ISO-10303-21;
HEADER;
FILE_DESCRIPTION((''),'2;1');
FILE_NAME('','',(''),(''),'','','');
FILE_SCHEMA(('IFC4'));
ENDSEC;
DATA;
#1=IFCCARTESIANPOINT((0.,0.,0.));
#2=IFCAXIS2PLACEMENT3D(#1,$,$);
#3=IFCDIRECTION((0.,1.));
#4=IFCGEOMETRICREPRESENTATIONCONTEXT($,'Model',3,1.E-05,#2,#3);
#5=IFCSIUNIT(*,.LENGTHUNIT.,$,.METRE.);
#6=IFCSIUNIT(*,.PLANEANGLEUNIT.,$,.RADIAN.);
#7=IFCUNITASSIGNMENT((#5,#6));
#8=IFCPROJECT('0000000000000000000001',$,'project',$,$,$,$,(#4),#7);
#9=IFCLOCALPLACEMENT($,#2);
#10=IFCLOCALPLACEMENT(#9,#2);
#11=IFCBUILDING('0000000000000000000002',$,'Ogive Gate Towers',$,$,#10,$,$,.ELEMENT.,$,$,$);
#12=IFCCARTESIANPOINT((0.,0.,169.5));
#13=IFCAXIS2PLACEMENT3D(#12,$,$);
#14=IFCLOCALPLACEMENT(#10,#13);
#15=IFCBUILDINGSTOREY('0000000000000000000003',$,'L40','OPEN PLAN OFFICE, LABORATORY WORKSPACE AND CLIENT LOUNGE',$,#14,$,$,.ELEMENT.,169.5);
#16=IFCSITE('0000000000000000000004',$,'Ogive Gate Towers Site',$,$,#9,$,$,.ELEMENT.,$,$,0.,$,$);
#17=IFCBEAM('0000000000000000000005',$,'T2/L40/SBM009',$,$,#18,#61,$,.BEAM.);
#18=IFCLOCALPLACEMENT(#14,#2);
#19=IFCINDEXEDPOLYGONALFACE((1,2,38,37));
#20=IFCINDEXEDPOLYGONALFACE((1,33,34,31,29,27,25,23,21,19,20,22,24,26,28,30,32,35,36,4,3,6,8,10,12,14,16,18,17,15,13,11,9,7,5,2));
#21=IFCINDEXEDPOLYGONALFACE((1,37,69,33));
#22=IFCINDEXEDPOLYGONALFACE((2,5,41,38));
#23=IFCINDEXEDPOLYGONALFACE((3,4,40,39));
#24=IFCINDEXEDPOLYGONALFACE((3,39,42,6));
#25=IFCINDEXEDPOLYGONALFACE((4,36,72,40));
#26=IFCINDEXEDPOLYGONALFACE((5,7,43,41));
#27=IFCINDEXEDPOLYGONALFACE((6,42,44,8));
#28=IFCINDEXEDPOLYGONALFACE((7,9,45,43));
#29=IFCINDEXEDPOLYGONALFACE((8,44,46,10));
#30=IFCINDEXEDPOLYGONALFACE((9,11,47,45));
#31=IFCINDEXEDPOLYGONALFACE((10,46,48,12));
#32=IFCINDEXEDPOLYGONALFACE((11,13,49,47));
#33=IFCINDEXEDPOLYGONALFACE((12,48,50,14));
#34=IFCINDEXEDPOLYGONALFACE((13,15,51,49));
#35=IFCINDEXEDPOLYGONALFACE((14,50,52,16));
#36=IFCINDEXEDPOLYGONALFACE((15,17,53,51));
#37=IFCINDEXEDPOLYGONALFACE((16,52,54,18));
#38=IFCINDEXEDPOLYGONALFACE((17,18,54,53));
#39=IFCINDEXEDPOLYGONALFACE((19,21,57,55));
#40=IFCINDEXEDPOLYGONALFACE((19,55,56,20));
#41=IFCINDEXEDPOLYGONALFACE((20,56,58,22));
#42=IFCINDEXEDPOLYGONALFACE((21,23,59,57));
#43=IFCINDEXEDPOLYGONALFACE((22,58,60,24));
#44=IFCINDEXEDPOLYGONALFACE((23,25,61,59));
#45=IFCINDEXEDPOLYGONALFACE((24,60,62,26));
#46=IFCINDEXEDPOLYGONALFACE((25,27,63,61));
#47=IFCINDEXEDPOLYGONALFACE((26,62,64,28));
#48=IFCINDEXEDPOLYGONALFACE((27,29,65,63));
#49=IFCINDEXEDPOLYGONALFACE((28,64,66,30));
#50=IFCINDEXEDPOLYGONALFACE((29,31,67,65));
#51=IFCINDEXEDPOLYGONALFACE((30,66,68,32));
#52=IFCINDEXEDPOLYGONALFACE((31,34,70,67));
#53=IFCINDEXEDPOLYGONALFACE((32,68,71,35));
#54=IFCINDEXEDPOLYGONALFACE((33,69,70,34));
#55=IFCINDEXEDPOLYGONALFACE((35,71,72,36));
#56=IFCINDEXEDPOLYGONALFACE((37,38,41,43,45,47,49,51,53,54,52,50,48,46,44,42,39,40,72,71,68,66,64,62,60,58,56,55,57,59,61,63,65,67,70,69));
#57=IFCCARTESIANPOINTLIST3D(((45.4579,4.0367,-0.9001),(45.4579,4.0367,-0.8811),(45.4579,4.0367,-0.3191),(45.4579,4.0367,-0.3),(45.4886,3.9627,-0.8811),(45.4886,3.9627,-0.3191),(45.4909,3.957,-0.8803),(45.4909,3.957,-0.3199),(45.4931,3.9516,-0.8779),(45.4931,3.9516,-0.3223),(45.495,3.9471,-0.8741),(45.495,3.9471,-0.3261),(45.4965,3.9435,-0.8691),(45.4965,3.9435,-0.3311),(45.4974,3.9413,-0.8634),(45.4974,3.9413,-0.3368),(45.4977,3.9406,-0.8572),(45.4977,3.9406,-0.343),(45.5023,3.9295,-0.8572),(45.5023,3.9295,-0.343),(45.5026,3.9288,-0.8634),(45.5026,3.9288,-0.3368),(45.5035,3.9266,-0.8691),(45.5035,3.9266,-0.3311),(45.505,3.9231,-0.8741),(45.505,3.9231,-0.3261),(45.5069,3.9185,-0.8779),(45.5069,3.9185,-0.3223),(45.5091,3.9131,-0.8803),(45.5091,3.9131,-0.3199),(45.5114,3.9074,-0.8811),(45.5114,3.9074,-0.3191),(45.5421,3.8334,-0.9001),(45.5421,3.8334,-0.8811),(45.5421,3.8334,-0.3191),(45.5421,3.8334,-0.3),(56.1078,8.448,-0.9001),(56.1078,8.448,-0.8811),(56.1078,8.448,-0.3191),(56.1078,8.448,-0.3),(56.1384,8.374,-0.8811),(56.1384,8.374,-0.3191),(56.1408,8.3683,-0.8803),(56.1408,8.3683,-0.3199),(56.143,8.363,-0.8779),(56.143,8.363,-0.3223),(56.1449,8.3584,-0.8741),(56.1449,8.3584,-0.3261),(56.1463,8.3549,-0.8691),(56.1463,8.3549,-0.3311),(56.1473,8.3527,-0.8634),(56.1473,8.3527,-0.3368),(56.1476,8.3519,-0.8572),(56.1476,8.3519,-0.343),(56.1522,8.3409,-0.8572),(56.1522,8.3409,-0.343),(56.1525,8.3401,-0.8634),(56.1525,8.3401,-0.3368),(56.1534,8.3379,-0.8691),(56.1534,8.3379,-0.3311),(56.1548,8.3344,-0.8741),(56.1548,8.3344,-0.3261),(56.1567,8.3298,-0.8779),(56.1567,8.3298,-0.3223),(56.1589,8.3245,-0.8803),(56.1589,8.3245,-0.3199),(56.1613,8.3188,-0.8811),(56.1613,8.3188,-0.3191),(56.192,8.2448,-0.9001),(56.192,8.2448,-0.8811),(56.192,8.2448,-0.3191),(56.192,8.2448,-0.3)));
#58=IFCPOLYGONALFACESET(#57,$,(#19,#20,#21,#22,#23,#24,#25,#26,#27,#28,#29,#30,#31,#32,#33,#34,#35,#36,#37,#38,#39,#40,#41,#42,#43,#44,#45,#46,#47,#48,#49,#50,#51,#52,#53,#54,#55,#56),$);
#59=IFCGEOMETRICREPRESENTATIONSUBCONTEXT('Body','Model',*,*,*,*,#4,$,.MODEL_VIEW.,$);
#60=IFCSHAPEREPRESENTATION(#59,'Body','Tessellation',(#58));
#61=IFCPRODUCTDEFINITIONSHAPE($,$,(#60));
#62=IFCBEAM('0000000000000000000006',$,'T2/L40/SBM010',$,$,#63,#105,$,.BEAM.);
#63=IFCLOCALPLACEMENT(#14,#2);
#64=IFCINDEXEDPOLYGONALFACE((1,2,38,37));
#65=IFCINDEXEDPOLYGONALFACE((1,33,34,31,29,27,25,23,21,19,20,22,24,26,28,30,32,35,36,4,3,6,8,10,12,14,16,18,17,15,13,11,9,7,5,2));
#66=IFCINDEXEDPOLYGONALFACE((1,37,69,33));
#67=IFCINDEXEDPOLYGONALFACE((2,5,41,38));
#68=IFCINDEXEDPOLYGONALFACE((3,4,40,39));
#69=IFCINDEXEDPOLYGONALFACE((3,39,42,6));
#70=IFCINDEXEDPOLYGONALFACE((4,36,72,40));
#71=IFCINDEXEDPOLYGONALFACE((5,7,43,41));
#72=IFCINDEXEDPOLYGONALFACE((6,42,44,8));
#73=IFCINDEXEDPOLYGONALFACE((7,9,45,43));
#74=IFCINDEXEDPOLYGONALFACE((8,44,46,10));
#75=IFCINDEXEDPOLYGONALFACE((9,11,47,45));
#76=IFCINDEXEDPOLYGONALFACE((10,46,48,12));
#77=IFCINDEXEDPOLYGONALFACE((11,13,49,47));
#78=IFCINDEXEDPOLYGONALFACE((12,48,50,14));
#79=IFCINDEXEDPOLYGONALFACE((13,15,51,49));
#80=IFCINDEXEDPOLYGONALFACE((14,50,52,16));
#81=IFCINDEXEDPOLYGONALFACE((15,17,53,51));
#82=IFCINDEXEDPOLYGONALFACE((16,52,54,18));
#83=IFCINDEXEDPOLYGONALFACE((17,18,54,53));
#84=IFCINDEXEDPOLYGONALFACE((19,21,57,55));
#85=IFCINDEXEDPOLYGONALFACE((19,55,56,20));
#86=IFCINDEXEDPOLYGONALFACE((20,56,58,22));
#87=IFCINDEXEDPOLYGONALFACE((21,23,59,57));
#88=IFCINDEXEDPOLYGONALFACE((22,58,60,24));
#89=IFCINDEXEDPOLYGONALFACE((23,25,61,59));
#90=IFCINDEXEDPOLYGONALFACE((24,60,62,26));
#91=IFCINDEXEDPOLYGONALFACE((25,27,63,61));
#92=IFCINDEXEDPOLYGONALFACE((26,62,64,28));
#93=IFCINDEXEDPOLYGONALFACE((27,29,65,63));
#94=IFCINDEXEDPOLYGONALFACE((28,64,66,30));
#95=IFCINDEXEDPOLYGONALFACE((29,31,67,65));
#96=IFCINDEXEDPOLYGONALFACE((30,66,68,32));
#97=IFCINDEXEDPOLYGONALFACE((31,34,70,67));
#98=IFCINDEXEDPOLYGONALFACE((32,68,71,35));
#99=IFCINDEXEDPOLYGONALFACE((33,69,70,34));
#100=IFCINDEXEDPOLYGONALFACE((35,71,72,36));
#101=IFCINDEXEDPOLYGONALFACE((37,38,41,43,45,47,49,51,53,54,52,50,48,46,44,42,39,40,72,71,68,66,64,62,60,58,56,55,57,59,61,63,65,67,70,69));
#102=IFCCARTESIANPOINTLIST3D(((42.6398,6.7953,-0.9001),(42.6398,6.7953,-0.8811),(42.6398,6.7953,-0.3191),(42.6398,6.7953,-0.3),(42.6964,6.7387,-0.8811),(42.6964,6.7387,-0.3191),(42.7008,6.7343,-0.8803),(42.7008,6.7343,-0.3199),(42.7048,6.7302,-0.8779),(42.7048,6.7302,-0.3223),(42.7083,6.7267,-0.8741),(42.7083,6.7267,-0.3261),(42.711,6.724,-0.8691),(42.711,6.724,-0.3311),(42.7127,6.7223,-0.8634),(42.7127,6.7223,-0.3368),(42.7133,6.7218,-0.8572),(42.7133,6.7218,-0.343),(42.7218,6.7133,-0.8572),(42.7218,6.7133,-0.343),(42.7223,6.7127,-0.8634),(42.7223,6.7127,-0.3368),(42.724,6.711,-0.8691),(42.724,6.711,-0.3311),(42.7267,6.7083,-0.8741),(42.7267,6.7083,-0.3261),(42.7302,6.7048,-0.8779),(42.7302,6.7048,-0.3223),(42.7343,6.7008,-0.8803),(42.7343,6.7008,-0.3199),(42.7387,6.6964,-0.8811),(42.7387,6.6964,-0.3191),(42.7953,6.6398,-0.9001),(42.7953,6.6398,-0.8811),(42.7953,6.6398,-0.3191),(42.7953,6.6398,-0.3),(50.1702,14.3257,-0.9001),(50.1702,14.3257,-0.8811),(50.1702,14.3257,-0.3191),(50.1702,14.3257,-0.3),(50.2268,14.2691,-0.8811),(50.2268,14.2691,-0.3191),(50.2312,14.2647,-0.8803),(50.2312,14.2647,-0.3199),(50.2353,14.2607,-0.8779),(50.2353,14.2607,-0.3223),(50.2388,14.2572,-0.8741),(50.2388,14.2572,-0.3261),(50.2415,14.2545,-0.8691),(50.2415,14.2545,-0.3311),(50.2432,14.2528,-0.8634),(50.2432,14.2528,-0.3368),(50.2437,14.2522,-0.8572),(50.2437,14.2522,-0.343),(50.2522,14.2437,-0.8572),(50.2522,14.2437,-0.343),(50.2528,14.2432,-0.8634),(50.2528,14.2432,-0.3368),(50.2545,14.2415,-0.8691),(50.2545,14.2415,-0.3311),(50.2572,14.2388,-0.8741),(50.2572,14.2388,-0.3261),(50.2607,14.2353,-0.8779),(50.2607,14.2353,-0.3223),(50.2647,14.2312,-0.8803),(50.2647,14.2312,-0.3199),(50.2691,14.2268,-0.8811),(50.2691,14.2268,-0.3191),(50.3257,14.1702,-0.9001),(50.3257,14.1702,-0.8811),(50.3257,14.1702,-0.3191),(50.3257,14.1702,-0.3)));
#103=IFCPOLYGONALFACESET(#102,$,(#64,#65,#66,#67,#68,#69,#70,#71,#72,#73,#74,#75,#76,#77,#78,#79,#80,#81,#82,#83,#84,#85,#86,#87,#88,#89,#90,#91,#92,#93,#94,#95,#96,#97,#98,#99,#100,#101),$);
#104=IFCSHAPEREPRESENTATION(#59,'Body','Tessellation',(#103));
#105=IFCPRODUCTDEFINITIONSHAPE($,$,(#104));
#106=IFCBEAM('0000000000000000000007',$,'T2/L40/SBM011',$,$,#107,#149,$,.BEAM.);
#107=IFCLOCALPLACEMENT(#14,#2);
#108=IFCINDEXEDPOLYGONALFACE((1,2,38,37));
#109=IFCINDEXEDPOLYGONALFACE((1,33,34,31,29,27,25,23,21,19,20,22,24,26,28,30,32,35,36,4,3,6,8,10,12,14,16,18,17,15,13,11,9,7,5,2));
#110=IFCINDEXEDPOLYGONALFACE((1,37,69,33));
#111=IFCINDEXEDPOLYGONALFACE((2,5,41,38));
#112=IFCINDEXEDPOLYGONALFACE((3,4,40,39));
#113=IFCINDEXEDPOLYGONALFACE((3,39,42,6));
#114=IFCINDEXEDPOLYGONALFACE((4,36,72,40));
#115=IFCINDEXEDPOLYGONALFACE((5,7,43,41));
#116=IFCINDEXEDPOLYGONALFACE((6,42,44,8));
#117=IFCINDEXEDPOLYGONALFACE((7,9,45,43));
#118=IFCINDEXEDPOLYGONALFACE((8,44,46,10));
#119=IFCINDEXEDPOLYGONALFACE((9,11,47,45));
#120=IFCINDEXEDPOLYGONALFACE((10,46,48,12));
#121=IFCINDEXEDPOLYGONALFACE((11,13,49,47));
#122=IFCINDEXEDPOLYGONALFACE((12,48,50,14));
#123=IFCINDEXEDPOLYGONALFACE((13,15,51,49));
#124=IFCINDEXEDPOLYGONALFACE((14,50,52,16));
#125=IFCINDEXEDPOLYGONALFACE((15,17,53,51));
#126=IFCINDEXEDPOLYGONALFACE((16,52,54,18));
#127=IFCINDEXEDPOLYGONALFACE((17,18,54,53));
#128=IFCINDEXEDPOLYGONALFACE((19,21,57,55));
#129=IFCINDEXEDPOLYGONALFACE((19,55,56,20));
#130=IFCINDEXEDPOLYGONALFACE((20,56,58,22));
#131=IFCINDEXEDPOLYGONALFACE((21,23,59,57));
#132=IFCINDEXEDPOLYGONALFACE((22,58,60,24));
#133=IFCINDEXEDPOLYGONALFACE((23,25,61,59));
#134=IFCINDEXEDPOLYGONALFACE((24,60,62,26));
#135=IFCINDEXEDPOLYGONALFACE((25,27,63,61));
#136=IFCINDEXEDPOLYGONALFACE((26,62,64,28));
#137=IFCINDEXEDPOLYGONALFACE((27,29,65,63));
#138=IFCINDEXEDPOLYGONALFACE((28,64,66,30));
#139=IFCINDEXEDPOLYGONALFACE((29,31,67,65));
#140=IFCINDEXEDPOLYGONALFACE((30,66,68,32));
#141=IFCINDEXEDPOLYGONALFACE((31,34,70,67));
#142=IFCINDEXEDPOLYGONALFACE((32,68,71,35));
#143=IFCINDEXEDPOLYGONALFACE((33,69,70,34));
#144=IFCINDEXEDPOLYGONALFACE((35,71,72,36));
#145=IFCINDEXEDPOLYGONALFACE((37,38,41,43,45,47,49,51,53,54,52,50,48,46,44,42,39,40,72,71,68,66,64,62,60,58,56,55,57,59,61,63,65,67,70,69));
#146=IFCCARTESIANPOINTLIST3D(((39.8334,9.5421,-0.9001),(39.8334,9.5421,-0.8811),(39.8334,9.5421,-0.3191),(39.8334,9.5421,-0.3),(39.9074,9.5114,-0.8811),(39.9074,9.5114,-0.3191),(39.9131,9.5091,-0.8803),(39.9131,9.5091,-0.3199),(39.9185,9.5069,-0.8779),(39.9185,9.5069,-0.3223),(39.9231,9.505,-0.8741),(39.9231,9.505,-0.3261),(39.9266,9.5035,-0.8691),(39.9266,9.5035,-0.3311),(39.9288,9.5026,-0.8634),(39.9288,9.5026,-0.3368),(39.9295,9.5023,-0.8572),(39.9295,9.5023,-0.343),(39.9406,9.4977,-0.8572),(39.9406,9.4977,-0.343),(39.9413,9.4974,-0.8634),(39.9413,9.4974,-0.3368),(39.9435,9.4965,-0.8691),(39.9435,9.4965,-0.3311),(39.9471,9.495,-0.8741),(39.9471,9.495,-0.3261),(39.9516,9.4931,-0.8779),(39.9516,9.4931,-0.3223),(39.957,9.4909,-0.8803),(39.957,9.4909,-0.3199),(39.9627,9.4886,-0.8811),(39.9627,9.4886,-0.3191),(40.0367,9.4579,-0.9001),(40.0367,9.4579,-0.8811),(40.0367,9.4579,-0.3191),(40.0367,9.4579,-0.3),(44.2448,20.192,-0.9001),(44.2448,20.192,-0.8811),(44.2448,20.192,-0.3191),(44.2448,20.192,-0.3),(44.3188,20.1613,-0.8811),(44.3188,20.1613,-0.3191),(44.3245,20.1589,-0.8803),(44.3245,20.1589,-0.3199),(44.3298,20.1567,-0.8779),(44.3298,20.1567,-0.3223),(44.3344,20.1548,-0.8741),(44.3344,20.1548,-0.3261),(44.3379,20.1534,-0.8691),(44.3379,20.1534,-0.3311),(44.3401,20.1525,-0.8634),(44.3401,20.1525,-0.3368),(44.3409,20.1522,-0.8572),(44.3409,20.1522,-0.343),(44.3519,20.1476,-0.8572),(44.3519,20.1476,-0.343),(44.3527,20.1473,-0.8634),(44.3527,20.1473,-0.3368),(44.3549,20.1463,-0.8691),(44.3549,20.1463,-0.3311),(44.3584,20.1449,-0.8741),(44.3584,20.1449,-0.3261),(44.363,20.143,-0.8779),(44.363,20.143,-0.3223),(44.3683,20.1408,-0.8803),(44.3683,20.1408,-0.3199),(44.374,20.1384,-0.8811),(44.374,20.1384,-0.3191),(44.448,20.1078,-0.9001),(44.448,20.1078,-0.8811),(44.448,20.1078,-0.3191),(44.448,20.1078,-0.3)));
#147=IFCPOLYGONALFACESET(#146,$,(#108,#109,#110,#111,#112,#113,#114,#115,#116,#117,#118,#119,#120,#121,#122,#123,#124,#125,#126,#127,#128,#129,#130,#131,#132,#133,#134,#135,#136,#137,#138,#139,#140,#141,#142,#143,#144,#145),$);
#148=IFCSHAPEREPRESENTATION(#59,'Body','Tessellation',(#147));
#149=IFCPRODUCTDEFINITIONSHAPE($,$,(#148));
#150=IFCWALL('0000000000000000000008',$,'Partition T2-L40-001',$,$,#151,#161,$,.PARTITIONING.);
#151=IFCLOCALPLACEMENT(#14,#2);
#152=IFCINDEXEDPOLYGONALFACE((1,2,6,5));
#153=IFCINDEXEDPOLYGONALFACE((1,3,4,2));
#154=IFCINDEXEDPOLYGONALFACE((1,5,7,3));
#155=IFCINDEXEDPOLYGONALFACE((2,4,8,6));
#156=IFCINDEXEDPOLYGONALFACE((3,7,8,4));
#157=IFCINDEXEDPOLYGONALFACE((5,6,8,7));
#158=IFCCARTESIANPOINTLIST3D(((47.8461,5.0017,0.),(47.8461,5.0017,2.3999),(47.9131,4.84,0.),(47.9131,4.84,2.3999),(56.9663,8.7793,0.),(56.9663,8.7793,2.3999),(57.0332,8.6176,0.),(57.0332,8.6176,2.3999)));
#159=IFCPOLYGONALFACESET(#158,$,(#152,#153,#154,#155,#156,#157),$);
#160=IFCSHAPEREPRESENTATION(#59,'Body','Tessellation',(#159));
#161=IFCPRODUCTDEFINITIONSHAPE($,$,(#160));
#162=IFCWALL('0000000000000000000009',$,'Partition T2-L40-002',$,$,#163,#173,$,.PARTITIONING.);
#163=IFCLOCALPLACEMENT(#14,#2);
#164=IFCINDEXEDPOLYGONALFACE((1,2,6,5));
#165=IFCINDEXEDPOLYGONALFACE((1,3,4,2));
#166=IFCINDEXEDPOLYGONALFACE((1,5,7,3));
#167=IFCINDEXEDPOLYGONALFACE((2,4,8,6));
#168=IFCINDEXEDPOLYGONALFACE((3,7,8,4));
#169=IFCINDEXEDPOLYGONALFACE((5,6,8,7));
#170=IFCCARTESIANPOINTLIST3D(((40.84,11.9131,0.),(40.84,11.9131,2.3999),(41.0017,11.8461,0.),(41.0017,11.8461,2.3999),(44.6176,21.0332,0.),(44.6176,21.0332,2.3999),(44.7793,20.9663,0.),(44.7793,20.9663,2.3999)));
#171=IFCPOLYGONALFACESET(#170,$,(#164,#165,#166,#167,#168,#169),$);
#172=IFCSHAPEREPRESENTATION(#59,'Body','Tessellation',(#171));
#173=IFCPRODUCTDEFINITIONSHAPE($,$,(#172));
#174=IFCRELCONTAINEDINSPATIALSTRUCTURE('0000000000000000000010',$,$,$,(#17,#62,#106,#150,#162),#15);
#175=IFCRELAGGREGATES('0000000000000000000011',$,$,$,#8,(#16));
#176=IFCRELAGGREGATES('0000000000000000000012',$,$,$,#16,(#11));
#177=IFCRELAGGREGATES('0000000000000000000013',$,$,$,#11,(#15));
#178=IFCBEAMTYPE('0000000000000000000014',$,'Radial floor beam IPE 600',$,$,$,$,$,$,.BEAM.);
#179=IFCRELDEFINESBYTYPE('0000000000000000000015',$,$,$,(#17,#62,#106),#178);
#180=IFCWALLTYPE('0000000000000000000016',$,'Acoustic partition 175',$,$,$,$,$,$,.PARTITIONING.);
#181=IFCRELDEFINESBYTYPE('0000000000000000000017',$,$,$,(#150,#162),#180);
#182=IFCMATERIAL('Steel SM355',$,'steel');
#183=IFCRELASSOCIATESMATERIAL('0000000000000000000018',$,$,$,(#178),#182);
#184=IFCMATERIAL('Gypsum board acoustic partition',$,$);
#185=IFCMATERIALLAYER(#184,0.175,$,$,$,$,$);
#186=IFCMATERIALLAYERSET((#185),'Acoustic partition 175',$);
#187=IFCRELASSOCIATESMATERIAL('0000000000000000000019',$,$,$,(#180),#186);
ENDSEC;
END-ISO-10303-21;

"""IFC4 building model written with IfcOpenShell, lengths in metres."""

from ifc_helpers import new_model, si_unit, direction, frame, frame_2d, origin, origin_2d, place, context, subcontext, project, spatial, rectangle, i_section, extrude, material, layer, layer_set, material_profile, profile_set, type_object, element, save


model = new_model("IFC4")

# Units and contexts
model_context = context("Model", 3, precision=1e-05, world=origin(), true_north=direction((0.0, 1.0)))
body_context = subcontext(model_context, "Body", "Model", "MODEL_VIEW")
ifc_project = project(units=[si_unit("LENGTHUNIT", "METRE"), si_unit("PLANEANGLEUNIT", "RADIAN")], contexts=[model_context])

# Site, building, storey
site_placement = place(None, origin())
site = spatial("IfcSite", under=ifc_project, at=site_placement, Name="Ogive Gate Towers Site", CompositionType="ELEMENT", RefElevation=0.0)
building_placement = place(site_placement, origin())
building = spatial("IfcBuilding", under=site, at=building_placement, Name="Ogive Gate Towers", CompositionType="ELEMENT")
storey_placement = place(building_placement, frame((0.0, 0.0, 169.5)))
storey = spatial("IfcBuildingStorey", under=building, at=storey_placement, Name="L40", Description="OPEN PLAN OFFICE, LABORATORY WORKSPACE AND CLIENT LOUNGE", CompositionType="ELEMENT", Elevation=169.5)

# Beams
ifc_material_1 = material(Name="Steel SM355", Category="steel")
ifc_material_profile_1 = material_profile(ifc_material_1, i_section(OverallWidth=0.22, OverallDepth=0.6001, WebThickness=0.012, FlangeThickness=0.019, FilletRadius=0.0239, at=origin_2d()), Name="IPE 600")
ifc_profile_set_1 = profile_set([ifc_material_profile_1], Name="Steel SM355")
beam_type_1 = type_object("IfcBeamType", Name="Radial floor beam IPE 600", PredefinedType="BEAM", material=ifc_profile_set_1)
beam_1_placement = place(storey_placement, frame((45.5, 3.9351, -0.6001), z_axis=(0.923878, 0.382687, 0.0), x_axis=(-0.382687, 0.923878, 0.0)))
element("IfcBeam", 1, at=beam_1_placement, inside=storey, type_object=beam_type_1, Name="T2/L40/SBM009", PredefinedType="BEAM", context=body_context, shape_type="SweptSolid", body=[
    extrude(i_section(OverallWidth=0.22, OverallDepth=0.6001, WebThickness=0.012, FlangeThickness=0.019, FilletRadius=0.0239, at=origin_2d()), origin(), (0.0, 0.0, 1.0), 11.5273),
])
beam_2_placement = place(storey_placement, frame((42.7175, 6.7175, -0.6001), z_axis=(0.707107, 0.707107, 0.0), x_axis=(-0.707107, 0.707107, 0.0)))
element("IfcBeam", 2, at=beam_2_placement, inside=storey, type_object=beam_type_1, Name="T2/L40/SBM010", PredefinedType="BEAM", context=body_context, shape_type="SweptSolid", body=[
    extrude(i_section(OverallWidth=0.22, OverallDepth=0.6001, WebThickness=0.012, FlangeThickness=0.019, FilletRadius=0.0239, at=origin_2d()), origin(), (0.0, 0.0, 1.0), 10.6497),
])
beam_3_placement = place(storey_placement, frame((39.9351, 9.5, -0.6001), z_axis=(0.382687, 0.923878, 0.0), x_axis=(-0.923878, 0.382687, 0.0)))
element("IfcBeam", 3, at=beam_3_placement, inside=storey, type_object=beam_type_1, Name="T2/L40/SBM011", PredefinedType="BEAM", context=body_context, shape_type="SweptSolid", body=[
    extrude(i_section(OverallWidth=0.22, OverallDepth=0.6001, WebThickness=0.012, FlangeThickness=0.019, FilletRadius=0.0239, at=origin_2d()), origin(), (0.0, 0.0, 1.0), 11.5273),
])

# Walls
ifc_material_2 = material(Name="Gypsum board acoustic partition")
ifc_layer_1 = layer(ifc_material_2, 0.175)
ifc_layer_set_1 = layer_set([ifc_layer_1], Name="Acoustic partition 175")
wall_type_1 = type_object("IfcWallType", Name="Acoustic partition 175", PredefinedType="PARTITIONING", material=ifc_layer_set_1)
for number, where, z_axis, x_axis, name in (
    (4, (56.9998, 8.6985, 0.0), (0.0, 0.0, 1.0), (-0.923883, -0.382676, 0.0), "Partition T2-L40-001"),
    (5, (44.6985, 20.9998, 0.0), (0.0, 0.0, 1.0), (-0.382676, -0.923883, 0.0), "Partition T2-L40-002"),
):
    element("IfcWall", number, at=place(storey_placement, frame(where, z_axis=z_axis, x_axis=x_axis)), inside=storey, type_object=wall_type_1, Name=name, PredefinedType="PARTITIONING", context=body_context, shape_type="SweptSolid", body=[
        extrude(rectangle(XDim=9.8716, YDim=0.175, at=frame_2d((4.9358, 0.0))), origin(), (0.0, 0.0, 1.0), 2.3999),
    ])

save(model, "model.ifc")
